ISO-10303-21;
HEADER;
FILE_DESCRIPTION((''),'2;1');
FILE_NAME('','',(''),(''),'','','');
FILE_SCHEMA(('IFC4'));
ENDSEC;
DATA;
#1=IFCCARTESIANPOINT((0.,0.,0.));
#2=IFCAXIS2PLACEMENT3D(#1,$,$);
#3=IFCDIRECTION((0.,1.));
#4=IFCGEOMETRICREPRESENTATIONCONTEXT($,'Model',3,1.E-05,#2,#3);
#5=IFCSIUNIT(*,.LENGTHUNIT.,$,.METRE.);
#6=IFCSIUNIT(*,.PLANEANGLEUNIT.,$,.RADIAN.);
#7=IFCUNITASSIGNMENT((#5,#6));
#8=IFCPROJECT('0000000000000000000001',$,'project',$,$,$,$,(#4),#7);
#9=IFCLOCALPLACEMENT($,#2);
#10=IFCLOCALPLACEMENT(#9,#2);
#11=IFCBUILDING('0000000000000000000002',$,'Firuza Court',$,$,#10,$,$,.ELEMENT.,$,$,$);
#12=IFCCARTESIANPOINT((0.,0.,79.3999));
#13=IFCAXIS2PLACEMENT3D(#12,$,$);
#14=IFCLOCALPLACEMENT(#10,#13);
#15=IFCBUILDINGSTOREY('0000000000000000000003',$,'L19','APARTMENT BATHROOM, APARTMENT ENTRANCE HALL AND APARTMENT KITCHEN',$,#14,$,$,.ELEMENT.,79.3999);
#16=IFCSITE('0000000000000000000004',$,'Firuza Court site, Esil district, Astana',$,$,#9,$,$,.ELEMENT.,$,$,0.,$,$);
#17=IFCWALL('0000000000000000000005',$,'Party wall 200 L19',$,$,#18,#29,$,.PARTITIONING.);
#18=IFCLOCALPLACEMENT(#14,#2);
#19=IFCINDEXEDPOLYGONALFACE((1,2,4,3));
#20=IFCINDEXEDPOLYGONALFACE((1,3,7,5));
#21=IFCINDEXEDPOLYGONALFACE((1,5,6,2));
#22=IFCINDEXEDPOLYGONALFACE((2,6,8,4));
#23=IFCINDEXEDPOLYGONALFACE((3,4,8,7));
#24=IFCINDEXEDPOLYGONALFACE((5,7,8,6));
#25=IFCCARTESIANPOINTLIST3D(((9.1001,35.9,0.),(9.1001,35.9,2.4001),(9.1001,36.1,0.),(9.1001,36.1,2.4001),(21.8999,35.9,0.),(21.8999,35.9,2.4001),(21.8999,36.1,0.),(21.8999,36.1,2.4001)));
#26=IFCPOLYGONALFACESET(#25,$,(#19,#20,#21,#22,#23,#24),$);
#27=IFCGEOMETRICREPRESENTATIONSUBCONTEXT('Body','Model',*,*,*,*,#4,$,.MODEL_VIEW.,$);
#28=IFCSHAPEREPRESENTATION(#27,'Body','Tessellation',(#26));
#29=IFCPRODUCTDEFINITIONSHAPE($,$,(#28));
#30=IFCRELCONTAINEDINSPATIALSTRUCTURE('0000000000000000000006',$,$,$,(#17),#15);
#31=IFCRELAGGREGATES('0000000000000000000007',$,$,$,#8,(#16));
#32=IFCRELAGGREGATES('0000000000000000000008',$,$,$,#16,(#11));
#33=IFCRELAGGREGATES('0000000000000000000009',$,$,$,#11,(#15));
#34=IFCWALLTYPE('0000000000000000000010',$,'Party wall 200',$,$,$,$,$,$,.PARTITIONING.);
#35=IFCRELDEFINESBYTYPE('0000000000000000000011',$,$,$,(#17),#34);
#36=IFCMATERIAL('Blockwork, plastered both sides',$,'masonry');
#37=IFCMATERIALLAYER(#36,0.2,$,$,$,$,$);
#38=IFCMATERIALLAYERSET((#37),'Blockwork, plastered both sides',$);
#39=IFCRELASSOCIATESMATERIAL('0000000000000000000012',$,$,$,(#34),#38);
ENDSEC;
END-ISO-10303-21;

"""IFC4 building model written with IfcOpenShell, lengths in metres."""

from ifc_helpers import new_model, si_unit, direction, frame, frame_2d, origin, place, context, subcontext, project, spatial, rectangle, extrude, material, layer, layer_set, type_object, element, save


model = new_model("IFC4")

# Units and contexts
model_context = context("Model", 3, precision=1e-05, world=origin(), true_north=direction((0.0, 1.0)))
body_context = subcontext(model_context, "Body", "Model", "MODEL_VIEW")
ifc_project = project(units=[si_unit("LENGTHUNIT", "METRE"), si_unit("PLANEANGLEUNIT", "RADIAN")], contexts=[model_context])

# Site, building, storey
site_placement = place(None, origin())
site = spatial("IfcSite", under=ifc_project, at=site_placement, Name="Firuza Court site, Esil district, Astana", CompositionType="ELEMENT", RefElevation=0.0)
building_placement = place(site_placement, origin())
building = spatial("IfcBuilding", under=site, at=building_placement, Name="Firuza Court", CompositionType="ELEMENT")
storey_placement = place(building_placement, frame((0.0, 0.0, 79.3999)))
storey = spatial("IfcBuildingStorey", under=building, at=storey_placement, Name="L19", Description="APARTMENT BATHROOM, APARTMENT ENTRANCE HALL AND APARTMENT KITCHEN", CompositionType="ELEMENT", Elevation=79.3999)

# Shared definitions
ifc_material_1 = material(Name="Blockwork, plastered both sides", Category="masonry")

# Wall
ifc_layer_1 = layer(ifc_material_1, 0.2)
ifc_layer_set_1 = layer_set([ifc_layer_1], Name="Blockwork, plastered both sides")
wall_type_1 = type_object("IfcWallType", Name="Party wall 200", PredefinedType="PARTITIONING", material=ifc_layer_set_1)
wall_1_placement = place(storey_placement, frame((9.1001, 36.0, 0.0), z_axis=(0.0, 0.0, 1.0), x_axis=(1.0, 0.0, 0.0)))
element("IfcWall", 1, at=wall_1_placement, inside=storey, type_object=wall_type_1, Name="Party wall 200 L19", PredefinedType="PARTITIONING", context=body_context, shape_type="SweptSolid", body=[
    extrude(rectangle(XDim=12.7998, YDim=0.2, at=frame_2d((6.3999, 0.0))), origin(), (0.0, 0.0, 1.0), 2.4001),
])

save(model, "model.ifc")
